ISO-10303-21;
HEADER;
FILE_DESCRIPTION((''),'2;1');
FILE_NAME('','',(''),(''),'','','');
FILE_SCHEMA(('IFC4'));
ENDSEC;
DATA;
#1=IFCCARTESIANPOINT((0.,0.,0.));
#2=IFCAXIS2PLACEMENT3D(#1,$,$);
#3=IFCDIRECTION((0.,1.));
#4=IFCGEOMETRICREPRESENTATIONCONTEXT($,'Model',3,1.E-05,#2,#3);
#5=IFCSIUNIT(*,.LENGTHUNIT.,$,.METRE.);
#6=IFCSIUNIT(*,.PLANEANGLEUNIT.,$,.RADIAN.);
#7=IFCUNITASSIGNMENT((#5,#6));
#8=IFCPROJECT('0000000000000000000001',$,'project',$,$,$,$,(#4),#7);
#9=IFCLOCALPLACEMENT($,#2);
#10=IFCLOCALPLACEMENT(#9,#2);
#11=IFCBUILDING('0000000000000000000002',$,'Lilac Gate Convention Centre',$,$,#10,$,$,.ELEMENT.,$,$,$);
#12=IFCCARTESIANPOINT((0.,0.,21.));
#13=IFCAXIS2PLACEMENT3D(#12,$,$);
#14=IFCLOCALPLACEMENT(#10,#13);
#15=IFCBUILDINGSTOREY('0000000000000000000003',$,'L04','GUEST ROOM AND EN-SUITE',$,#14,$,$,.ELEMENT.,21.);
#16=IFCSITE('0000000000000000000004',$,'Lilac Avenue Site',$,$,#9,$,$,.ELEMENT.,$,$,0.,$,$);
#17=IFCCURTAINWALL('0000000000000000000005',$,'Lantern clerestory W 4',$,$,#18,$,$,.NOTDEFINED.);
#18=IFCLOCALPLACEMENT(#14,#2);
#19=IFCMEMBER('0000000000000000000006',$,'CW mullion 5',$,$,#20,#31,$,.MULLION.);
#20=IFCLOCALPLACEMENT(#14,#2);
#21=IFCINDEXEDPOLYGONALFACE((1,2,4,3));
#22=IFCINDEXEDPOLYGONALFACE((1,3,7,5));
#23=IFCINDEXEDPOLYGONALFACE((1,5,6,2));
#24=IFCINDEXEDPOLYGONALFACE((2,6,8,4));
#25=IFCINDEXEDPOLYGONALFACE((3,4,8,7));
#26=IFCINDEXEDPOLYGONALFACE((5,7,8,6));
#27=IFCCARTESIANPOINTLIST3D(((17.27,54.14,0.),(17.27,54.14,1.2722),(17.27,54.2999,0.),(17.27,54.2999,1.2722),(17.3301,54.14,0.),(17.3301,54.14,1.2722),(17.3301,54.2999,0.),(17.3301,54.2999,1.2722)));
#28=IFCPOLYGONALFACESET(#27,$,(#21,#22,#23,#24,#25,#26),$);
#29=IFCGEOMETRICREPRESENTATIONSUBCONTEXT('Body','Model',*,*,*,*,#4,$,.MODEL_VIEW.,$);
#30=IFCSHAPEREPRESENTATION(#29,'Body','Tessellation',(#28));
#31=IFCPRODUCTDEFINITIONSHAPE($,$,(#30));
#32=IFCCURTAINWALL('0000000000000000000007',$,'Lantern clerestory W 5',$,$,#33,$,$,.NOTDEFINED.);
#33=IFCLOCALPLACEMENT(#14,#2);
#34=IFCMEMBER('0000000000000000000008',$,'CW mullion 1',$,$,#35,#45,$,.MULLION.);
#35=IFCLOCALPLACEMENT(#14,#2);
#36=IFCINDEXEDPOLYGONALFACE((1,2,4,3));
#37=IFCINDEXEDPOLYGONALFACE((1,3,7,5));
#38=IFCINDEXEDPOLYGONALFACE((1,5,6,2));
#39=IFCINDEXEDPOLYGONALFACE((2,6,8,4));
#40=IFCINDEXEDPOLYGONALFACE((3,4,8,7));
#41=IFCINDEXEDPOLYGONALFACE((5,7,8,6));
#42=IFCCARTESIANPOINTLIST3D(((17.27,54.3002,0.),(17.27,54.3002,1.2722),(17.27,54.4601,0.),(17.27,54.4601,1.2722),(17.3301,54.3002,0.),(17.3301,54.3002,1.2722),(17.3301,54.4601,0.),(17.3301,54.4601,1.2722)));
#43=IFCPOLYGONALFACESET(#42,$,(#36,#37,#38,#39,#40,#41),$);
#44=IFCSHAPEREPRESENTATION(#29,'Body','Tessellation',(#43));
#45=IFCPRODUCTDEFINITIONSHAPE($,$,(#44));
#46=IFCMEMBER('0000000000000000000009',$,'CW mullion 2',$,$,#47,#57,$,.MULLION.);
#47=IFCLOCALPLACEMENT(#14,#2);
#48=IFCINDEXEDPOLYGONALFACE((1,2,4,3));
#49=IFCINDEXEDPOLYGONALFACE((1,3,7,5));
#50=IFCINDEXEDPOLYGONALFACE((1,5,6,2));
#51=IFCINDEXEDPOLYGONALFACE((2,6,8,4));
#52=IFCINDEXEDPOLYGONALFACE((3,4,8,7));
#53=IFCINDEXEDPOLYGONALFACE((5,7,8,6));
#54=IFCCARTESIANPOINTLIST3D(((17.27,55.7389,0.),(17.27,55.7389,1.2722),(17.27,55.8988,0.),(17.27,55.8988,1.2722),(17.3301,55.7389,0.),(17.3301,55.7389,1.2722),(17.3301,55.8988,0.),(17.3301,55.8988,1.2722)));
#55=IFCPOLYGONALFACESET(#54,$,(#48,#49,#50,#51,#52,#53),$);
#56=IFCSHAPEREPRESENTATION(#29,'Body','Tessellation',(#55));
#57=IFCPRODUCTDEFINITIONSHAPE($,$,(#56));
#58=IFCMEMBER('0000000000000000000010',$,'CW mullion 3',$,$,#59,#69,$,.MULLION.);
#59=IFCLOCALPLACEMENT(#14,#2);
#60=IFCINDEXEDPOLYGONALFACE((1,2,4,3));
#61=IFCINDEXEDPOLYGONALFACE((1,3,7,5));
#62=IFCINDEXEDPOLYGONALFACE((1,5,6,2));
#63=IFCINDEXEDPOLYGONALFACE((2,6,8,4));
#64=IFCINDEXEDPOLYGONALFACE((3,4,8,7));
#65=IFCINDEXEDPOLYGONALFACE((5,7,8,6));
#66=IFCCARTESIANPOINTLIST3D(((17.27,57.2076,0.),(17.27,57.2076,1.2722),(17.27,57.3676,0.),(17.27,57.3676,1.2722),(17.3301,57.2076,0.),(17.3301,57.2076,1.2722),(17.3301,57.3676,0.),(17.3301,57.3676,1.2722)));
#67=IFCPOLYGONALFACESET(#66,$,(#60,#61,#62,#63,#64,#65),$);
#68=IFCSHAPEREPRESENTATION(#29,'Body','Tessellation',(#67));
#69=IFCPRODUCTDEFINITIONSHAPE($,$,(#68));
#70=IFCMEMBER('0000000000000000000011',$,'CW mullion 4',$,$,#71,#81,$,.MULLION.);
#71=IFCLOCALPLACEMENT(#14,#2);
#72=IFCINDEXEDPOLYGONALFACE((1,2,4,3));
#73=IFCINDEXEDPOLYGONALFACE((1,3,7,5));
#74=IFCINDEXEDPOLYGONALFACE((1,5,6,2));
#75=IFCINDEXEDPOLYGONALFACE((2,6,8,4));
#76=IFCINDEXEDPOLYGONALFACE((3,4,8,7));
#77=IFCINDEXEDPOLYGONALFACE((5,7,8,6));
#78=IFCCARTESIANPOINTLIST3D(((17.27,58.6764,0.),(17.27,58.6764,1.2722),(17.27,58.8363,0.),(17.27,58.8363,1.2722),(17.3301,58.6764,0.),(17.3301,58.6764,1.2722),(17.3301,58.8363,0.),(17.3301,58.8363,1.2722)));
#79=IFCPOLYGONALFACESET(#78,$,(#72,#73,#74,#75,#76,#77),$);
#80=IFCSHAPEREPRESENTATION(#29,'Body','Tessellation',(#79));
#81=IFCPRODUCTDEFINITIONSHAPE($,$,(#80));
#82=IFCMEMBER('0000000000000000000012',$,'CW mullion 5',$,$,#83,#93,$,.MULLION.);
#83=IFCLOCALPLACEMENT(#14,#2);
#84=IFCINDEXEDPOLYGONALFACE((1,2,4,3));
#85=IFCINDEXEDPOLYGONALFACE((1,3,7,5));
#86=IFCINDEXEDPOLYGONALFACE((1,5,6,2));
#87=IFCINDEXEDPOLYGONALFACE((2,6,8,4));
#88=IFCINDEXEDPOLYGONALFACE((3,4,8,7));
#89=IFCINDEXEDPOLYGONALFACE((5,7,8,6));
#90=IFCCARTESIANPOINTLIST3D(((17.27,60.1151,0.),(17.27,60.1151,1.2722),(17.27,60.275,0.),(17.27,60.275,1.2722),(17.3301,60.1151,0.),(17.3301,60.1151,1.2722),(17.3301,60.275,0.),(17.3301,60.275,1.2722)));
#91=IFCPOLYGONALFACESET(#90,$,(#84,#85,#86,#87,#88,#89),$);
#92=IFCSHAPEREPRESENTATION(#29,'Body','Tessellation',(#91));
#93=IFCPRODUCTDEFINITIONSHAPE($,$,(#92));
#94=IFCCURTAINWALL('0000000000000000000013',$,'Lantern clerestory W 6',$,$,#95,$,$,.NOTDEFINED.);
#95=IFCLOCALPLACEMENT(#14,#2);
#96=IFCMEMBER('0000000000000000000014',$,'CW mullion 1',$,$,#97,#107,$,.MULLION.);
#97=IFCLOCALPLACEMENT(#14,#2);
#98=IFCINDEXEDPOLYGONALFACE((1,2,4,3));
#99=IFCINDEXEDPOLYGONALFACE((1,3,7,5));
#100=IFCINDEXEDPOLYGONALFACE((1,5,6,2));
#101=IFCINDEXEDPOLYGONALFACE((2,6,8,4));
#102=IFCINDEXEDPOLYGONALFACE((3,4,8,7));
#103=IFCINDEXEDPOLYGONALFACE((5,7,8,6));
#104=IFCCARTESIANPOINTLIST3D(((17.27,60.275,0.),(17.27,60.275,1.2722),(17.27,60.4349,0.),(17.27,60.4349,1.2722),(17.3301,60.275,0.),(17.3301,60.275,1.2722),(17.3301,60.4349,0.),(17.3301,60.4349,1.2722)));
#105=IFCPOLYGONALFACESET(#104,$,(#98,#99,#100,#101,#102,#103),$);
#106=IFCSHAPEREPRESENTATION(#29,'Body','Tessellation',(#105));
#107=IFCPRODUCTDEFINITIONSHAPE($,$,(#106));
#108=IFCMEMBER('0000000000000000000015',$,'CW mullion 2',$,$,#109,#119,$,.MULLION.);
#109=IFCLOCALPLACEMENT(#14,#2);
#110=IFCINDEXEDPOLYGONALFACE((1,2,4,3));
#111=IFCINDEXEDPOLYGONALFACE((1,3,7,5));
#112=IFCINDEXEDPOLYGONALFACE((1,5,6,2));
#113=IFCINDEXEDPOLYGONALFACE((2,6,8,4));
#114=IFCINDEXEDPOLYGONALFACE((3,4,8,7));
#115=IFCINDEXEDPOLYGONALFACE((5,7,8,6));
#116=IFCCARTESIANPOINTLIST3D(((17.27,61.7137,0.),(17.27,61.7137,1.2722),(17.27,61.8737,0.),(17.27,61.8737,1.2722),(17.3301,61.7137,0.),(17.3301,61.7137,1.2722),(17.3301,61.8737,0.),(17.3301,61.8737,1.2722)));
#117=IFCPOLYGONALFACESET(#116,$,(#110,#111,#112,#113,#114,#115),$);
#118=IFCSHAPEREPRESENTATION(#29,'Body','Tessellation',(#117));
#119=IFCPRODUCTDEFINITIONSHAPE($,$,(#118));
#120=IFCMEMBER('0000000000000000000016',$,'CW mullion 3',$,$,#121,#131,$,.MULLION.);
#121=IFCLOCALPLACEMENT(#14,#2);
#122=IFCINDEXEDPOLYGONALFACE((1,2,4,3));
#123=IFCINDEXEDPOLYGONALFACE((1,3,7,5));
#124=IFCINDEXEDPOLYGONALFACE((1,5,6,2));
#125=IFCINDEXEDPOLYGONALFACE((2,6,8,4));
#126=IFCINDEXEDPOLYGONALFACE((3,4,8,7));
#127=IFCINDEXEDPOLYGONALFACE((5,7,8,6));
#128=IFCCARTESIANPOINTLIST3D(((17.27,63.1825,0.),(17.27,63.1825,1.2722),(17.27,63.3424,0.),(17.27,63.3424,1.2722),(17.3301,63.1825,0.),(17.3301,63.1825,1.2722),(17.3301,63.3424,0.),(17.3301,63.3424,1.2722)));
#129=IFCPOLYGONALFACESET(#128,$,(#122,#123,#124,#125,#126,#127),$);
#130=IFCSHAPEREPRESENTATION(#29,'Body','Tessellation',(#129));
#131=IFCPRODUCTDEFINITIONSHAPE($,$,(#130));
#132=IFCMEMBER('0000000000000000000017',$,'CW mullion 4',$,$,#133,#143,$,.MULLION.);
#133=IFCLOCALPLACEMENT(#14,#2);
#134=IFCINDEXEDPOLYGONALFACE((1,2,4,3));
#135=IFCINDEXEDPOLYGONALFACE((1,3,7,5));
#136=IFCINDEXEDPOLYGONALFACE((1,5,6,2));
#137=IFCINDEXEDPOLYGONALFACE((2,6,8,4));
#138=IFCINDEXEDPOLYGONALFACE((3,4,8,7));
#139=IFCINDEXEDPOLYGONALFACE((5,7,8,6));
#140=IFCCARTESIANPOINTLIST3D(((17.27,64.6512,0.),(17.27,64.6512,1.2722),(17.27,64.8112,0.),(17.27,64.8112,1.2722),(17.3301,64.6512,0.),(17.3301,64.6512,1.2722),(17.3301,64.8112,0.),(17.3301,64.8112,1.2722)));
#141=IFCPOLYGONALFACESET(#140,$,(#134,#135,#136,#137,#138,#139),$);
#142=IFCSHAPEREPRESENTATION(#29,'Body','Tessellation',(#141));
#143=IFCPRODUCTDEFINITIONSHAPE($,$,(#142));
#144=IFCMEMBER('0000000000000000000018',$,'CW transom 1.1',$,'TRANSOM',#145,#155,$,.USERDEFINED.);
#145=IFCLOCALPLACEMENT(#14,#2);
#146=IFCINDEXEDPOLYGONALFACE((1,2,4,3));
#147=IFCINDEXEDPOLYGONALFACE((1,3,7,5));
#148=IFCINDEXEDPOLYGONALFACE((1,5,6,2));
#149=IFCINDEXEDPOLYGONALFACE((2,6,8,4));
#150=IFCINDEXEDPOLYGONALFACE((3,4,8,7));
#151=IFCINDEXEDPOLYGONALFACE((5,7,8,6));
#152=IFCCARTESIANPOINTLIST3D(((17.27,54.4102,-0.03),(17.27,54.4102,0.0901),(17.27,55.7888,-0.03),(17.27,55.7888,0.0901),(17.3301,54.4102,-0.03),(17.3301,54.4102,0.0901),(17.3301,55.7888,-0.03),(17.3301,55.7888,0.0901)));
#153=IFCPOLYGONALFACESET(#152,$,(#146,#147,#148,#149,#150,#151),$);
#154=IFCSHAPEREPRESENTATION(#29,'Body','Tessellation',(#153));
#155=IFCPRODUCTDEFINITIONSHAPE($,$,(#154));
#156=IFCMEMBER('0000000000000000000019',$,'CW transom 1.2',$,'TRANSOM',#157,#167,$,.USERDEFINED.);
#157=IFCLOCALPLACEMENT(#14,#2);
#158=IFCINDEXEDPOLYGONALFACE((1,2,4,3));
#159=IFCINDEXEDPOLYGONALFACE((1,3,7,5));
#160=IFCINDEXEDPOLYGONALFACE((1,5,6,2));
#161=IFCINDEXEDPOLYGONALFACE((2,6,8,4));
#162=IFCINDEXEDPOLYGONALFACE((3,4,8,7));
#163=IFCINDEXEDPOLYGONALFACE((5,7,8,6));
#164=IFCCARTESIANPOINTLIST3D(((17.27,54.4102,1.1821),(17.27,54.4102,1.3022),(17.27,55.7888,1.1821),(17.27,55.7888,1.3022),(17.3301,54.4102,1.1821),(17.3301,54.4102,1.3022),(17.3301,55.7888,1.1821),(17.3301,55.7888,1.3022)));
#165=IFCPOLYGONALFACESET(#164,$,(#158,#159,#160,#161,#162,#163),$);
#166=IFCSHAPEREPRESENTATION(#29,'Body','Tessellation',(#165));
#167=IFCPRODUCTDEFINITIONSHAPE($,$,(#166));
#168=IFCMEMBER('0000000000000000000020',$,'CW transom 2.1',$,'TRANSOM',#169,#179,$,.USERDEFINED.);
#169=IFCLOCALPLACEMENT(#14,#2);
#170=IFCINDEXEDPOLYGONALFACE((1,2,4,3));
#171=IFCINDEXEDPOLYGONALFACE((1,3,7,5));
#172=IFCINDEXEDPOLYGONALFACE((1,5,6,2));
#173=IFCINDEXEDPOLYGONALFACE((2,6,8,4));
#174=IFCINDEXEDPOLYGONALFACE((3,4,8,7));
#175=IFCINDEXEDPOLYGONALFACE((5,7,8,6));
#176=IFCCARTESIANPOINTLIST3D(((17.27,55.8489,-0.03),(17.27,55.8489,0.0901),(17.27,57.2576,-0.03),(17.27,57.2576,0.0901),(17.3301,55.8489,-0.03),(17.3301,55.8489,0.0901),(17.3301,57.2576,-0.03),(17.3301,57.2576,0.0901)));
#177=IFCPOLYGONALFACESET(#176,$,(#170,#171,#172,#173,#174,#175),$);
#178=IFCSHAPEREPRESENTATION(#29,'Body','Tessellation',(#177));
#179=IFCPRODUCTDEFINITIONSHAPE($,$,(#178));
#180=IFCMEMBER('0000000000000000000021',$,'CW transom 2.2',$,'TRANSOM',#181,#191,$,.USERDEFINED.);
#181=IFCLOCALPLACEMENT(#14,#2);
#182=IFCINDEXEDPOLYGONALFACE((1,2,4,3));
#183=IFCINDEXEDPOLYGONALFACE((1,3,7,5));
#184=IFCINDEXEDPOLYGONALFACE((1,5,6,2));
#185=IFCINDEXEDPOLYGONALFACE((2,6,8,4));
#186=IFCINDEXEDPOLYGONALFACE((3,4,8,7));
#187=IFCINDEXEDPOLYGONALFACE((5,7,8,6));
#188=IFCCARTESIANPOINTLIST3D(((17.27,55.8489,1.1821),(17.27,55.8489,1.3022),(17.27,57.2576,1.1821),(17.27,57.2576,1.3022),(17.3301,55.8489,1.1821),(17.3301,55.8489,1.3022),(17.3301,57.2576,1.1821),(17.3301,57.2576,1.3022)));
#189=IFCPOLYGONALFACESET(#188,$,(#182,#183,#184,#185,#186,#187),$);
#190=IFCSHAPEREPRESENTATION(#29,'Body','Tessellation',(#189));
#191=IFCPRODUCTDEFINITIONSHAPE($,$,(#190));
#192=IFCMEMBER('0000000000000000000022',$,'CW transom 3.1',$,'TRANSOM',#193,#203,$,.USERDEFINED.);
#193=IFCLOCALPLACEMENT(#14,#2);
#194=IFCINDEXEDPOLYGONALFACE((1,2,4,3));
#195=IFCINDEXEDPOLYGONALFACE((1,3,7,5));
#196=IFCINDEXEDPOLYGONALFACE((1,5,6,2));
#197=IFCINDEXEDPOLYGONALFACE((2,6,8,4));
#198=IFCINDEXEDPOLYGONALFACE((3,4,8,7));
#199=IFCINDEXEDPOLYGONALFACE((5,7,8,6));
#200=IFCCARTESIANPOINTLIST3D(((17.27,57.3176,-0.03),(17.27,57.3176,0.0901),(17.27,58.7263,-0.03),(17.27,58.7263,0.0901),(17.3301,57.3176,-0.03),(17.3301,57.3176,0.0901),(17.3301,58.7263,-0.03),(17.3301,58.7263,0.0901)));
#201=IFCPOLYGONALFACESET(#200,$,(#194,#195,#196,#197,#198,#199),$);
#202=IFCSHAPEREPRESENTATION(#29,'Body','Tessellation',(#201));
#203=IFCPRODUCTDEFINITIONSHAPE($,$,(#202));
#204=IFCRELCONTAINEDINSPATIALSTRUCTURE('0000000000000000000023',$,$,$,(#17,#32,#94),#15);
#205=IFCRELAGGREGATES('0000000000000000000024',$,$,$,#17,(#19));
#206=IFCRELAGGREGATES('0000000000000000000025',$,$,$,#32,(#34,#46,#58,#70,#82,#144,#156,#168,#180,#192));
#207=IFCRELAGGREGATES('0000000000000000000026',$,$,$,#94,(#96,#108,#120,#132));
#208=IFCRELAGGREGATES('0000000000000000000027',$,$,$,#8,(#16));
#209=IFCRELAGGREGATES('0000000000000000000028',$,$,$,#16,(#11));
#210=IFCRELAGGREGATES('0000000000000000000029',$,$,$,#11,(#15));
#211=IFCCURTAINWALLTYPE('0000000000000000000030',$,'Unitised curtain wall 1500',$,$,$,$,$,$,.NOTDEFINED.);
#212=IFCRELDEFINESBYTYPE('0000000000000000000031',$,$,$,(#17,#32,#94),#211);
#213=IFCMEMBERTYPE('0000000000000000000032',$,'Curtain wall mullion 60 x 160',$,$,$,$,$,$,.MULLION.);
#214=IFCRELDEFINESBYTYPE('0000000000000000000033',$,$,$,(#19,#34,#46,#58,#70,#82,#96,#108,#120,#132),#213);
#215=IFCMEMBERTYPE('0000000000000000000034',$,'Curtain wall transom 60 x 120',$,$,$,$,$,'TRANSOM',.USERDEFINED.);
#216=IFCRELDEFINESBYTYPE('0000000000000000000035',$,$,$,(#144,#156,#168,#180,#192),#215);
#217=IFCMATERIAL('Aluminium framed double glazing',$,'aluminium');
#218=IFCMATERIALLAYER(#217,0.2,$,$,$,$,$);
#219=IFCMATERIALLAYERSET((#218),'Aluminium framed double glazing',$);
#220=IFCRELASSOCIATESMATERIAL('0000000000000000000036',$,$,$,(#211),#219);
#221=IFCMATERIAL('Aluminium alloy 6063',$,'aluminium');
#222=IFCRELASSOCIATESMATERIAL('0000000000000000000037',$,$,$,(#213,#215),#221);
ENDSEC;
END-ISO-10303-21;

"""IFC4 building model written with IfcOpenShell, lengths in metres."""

from ifc_helpers import new_model, si_unit, direction, frame, origin, origin_2d, place, context, subcontext, project, spatial, rectangle, extrude, material, layer, layer_set, material_profile, profile_set, type_object, element, aggregate, save


model = new_model("IFC4")

# Units and contexts
model_context = context("Model", 3, precision=1e-05, world=origin(), true_north=direction((0.0, 1.0)))
body_context = subcontext(model_context, "Body", "Model", "MODEL_VIEW")
ifc_project = project(units=[si_unit("LENGTHUNIT", "METRE"), si_unit("PLANEANGLEUNIT", "RADIAN")], contexts=[model_context])

# Site, building, storey
site_placement = place(None, origin())
site = spatial("IfcSite", under=ifc_project, at=site_placement, Name="Lilac Avenue Site", CompositionType="ELEMENT", RefElevation=0.0)
building_placement = place(site_placement, origin())
building = spatial("IfcBuilding", under=site, at=building_placement, Name="Lilac Gate Convention Centre", CompositionType="ELEMENT")
storey_placement = place(building_placement, frame((0.0, 0.0, 21.0)))
storey = spatial("IfcBuildingStorey", under=building, at=storey_placement, Name="L04", Description="GUEST ROOM AND EN-SUITE", CompositionType="ELEMENT", Elevation=21.0)

# Curtain wall, member
ifc_material_1 = material(Name="Aluminium framed double glazing", Category="aluminium")
ifc_layer_1 = layer(ifc_material_1, 0.2)
ifc_layer_set_1 = layer_set([ifc_layer_1], Name="Aluminium framed double glazing")
curtain_wall_type = type_object("IfcCurtainWallType", Name="Unitised curtain wall 1500", PredefinedType="NOTDEFINED", material=ifc_layer_set_1)
curtain_wall_1_placement = place(storey_placement, origin())
curtain_wall_1 = element("IfcCurtainWall", 1, at=curtain_wall_1_placement, inside=storey, type_object=curtain_wall_type, Name="Lantern clerestory W 4", PredefinedType="NOTDEFINED")
ifc_material_2 = material(Name="Aluminium alloy 6063", Category="aluminium")
ifc_material_profile_1 = material_profile(ifc_material_2, rectangle(XDim=0.0601, YDim=0.1599, at=origin_2d()), Name="Curtain wall mullion 60 x 160")
ifc_profile_set_1 = profile_set([ifc_material_profile_1], Name="Aluminium alloy 6063")
member_type_1 = type_object("IfcMemberType", Name="Curtain wall mullion 60 x 160", PredefinedType="MULLION", material=ifc_profile_set_1)
member_1_placement = place(storey_placement, frame((17.3, 54.22, 0.0), z_axis=(0.0, 0.0, 1.0), x_axis=(-1.0, 0.0, 0.0)))
member_1 = element("IfcMember", 2, at=member_1_placement, type_object=member_type_1, Name="CW mullion 5", PredefinedType="MULLION", context=body_context, shape_type="SweptSolid", body=[
    extrude(rectangle(XDim=0.0601, YDim=0.1599, at=origin_2d()), origin(), (0.0, 0.0, 1.0), 1.2722),
])
aggregate(curtain_wall_1, [member_1])

# Curtain walls, members
curtain_wall_2_placement = place(storey_placement, origin())
curtain_wall_2 = element("IfcCurtainWall", 3, at=curtain_wall_2_placement, inside=storey, type_object=curtain_wall_type, Name="Lantern clerestory W 5", PredefinedType="NOTDEFINED")
member_2_placement = place(storey_placement, frame((17.3, 54.3801, 0.0), z_axis=(0.0, 0.0, 1.0), x_axis=(-1.0, 0.0, 0.0)))
member_2 = element("IfcMember", 4, at=member_2_placement, type_object=member_type_1, Name="CW mullion 1", PredefinedType="MULLION", context=body_context, shape_type="SweptSolid", body=[
    extrude(rectangle(XDim=0.0601, YDim=0.1599, at=origin_2d()), origin(), (0.0, 0.0, 1.0), 1.2722),
])
member_3_placement = place(storey_placement, frame((17.3, 55.8188, 0.0), z_axis=(0.0, 0.0, 1.0), x_axis=(-1.0, 0.0, 0.0)))
member_3 = element("IfcMember", 5, at=member_3_placement, type_object=member_type_1, Name="CW mullion 2", PredefinedType="MULLION", context=body_context, shape_type="SweptSolid", body=[
    extrude(rectangle(XDim=0.0601, YDim=0.1599, at=origin_2d()), origin(), (0.0, 0.0, 1.0), 1.2722),
])
member_4_placement = place(storey_placement, frame((17.3, 57.2876, 0.0), z_axis=(0.0, 0.0, 1.0), x_axis=(-1.0, 0.0, 0.0)))
member_4 = element("IfcMember", 6, at=member_4_placement, type_object=member_type_1, Name="CW mullion 3", PredefinedType="MULLION", context=body_context, shape_type="SweptSolid", body=[
    extrude(rectangle(XDim=0.0601, YDim=0.1599, at=origin_2d()), origin(), (0.0, 0.0, 1.0), 1.2722),
])
member_5_placement = place(storey_placement, frame((17.3, 58.7563, 0.0), z_axis=(0.0, 0.0, 1.0), x_axis=(-1.0, 0.0, 0.0)))
member_5 = element("IfcMember", 7, at=member_5_placement, type_object=member_type_1, Name="CW mullion 4", PredefinedType="MULLION", context=body_context, shape_type="SweptSolid", body=[
    extrude(rectangle(XDim=0.0601, YDim=0.1599, at=origin_2d()), origin(), (0.0, 0.0, 1.0), 1.2722),
])
member_6_placement = place(storey_placement, frame((17.3, 60.1951, 0.0), z_axis=(0.0, 0.0, 1.0), x_axis=(-1.0, 0.0, 0.0)))
member_6 = element("IfcMember", 8, at=member_6_placement, type_object=member_type_1, Name="CW mullion 5", PredefinedType="MULLION", context=body_context, shape_type="SweptSolid", body=[
    extrude(rectangle(XDim=0.0601, YDim=0.1599, at=origin_2d()), origin(), (0.0, 0.0, 1.0), 1.2722),
])
curtain_wall_3_placement = place(storey_placement, origin())
curtain_wall_3 = element("IfcCurtainWall", 9, at=curtain_wall_3_placement, inside=storey, type_object=curtain_wall_type, Name="Lantern clerestory W 6", PredefinedType="NOTDEFINED")
member_7_placement = place(storey_placement, frame((17.3, 60.355, 0.0), z_axis=(0.0, 0.0, 1.0), x_axis=(-1.0, 0.0, 0.0)))
member_7 = element("IfcMember", 10, at=member_7_placement, type_object=member_type_1, Name="CW mullion 1", PredefinedType="MULLION", context=body_context, shape_type="SweptSolid", body=[
    extrude(rectangle(XDim=0.0601, YDim=0.1599, at=origin_2d()), origin(), (0.0, 0.0, 1.0), 1.2722),
])
member_8_placement = place(storey_placement, frame((17.3, 61.7937, 0.0), z_axis=(0.0, 0.0, 1.0), x_axis=(-1.0, 0.0, 0.0)))
member_8 = element("IfcMember", 11, at=member_8_placement, type_object=member_type_1, Name="CW mullion 2", PredefinedType="MULLION", context=body_context, shape_type="SweptSolid", body=[
    extrude(rectangle(XDim=0.0601, YDim=0.1599, at=origin_2d()), origin(), (0.0, 0.0, 1.0), 1.2722),
])
member_9_placement = place(storey_placement, frame((17.3, 63.2625, 0.0), z_axis=(0.0, 0.0, 1.0), x_axis=(-1.0, 0.0, 0.0)))
member_9 = element("IfcMember", 12, at=member_9_placement, type_object=member_type_1, Name="CW mullion 3", PredefinedType="MULLION", context=body_context, shape_type="SweptSolid", body=[
    extrude(rectangle(XDim=0.0601, YDim=0.1599, at=origin_2d()), origin(), (0.0, 0.0, 1.0), 1.2722),
])
member_10_placement = place(storey_placement, frame((17.3, 64.7312, 0.0), z_axis=(0.0, 0.0, 1.0), x_axis=(-1.0, 0.0, 0.0)))
member_10 = element("IfcMember", 13, at=member_10_placement, type_object=member_type_1, Name="CW mullion 4", PredefinedType="MULLION", context=body_context, shape_type="SweptSolid", body=[
    extrude(rectangle(XDim=0.0601, YDim=0.1599, at=origin_2d()), origin(), (0.0, 0.0, 1.0), 1.2722),
])

# Members
ifc_material_profile_2 = material_profile(ifc_material_2, rectangle(XDim=0.0601, YDim=0.1201, at=origin_2d()), Name="Curtain wall transom 60 x 120")
ifc_profile_set_2 = profile_set([ifc_material_profile_2], Name="Aluminium alloy 6063")
member_type_2 = type_object("IfcMemberType", Name="Curtain wall transom 60 x 120", ElementType="TRANSOM", PredefinedType="USERDEFINED", material=ifc_profile_set_2)
member_11_placement = place(storey_placement, frame((17.3, 54.4102, 0.03), z_axis=(0.0, 1.0, 0.0), x_axis=(-1.0, 0.0, 0.0)))
member_11 = element("IfcMember", 14, at=member_11_placement, type_object=member_type_2, Name="CW transom 1.1", ObjectType="TRANSOM", PredefinedType="USERDEFINED", context=body_context, shape_type="SweptSolid", body=[
    extrude(rectangle(XDim=0.0601, YDim=0.1201, at=origin_2d()), origin(), (0.0, 0.0, 1.0), 1.3787),
])
member_12_placement = place(storey_placement, frame((17.3, 54.4102, 1.2422), z_axis=(0.0, 1.0, 0.0), x_axis=(-1.0, 0.0, 0.0)))
member_12 = element("IfcMember", 15, at=member_12_placement, type_object=member_type_2, Name="CW transom 1.2", ObjectType="TRANSOM", PredefinedType="USERDEFINED", context=body_context, shape_type="SweptSolid", body=[
    extrude(rectangle(XDim=0.0601, YDim=0.1201, at=origin_2d()), origin(), (0.0, 0.0, 1.0), 1.3787),
])
member_13_placement = place(storey_placement, frame((17.3, 55.8489, 0.03), z_axis=(0.0, 1.0, 0.0), x_axis=(-1.0, 0.0, 0.0)))
member_13 = element("IfcMember", 16, at=member_13_placement, type_object=member_type_2, Name="CW transom 2.1", ObjectType="TRANSOM", PredefinedType="USERDEFINED", context=body_context, shape_type="SweptSolid", body=[
    extrude(rectangle(XDim=0.0601, YDim=0.1201, at=origin_2d()), origin(), (0.0, 0.0, 1.0), 1.4087),
])
member_14_placement = place(storey_placement, frame((17.3, 55.8489, 1.2422), z_axis=(0.0, 1.0, 0.0), x_axis=(-1.0, 0.0, 0.0)))
member_14 = element("IfcMember", 17, at=member_14_placement, type_object=member_type_2, Name="CW transom 2.2", ObjectType="TRANSOM", PredefinedType="USERDEFINED", context=body_context, shape_type="SweptSolid", body=[
    extrude(rectangle(XDim=0.0601, YDim=0.1201, at=origin_2d()), origin(), (0.0, 0.0, 1.0), 1.4087),
])
member_15_placement = place(storey_placement, frame((17.3, 57.3176, 0.03), z_axis=(0.0, 1.0, 0.0), x_axis=(-1.0, 0.0, 0.0)))
member_15 = element("IfcMember", 18, at=member_15_placement, type_object=member_type_2, Name="CW transom 3.1", ObjectType="TRANSOM", PredefinedType="USERDEFINED", context=body_context, shape_type="SweptSolid", body=[
    extrude(rectangle(XDim=0.0601, YDim=0.1201, at=origin_2d()), origin(), (0.0, 0.0, 1.0), 1.4087),
])

aggregate(curtain_wall_2, [member_2, member_3, member_4, member_5, member_6, member_11, member_12, member_13, member_14, member_15])
aggregate(curtain_wall_3, [member_7, member_8, member_9, member_10])

save(model, "model.ifc")
